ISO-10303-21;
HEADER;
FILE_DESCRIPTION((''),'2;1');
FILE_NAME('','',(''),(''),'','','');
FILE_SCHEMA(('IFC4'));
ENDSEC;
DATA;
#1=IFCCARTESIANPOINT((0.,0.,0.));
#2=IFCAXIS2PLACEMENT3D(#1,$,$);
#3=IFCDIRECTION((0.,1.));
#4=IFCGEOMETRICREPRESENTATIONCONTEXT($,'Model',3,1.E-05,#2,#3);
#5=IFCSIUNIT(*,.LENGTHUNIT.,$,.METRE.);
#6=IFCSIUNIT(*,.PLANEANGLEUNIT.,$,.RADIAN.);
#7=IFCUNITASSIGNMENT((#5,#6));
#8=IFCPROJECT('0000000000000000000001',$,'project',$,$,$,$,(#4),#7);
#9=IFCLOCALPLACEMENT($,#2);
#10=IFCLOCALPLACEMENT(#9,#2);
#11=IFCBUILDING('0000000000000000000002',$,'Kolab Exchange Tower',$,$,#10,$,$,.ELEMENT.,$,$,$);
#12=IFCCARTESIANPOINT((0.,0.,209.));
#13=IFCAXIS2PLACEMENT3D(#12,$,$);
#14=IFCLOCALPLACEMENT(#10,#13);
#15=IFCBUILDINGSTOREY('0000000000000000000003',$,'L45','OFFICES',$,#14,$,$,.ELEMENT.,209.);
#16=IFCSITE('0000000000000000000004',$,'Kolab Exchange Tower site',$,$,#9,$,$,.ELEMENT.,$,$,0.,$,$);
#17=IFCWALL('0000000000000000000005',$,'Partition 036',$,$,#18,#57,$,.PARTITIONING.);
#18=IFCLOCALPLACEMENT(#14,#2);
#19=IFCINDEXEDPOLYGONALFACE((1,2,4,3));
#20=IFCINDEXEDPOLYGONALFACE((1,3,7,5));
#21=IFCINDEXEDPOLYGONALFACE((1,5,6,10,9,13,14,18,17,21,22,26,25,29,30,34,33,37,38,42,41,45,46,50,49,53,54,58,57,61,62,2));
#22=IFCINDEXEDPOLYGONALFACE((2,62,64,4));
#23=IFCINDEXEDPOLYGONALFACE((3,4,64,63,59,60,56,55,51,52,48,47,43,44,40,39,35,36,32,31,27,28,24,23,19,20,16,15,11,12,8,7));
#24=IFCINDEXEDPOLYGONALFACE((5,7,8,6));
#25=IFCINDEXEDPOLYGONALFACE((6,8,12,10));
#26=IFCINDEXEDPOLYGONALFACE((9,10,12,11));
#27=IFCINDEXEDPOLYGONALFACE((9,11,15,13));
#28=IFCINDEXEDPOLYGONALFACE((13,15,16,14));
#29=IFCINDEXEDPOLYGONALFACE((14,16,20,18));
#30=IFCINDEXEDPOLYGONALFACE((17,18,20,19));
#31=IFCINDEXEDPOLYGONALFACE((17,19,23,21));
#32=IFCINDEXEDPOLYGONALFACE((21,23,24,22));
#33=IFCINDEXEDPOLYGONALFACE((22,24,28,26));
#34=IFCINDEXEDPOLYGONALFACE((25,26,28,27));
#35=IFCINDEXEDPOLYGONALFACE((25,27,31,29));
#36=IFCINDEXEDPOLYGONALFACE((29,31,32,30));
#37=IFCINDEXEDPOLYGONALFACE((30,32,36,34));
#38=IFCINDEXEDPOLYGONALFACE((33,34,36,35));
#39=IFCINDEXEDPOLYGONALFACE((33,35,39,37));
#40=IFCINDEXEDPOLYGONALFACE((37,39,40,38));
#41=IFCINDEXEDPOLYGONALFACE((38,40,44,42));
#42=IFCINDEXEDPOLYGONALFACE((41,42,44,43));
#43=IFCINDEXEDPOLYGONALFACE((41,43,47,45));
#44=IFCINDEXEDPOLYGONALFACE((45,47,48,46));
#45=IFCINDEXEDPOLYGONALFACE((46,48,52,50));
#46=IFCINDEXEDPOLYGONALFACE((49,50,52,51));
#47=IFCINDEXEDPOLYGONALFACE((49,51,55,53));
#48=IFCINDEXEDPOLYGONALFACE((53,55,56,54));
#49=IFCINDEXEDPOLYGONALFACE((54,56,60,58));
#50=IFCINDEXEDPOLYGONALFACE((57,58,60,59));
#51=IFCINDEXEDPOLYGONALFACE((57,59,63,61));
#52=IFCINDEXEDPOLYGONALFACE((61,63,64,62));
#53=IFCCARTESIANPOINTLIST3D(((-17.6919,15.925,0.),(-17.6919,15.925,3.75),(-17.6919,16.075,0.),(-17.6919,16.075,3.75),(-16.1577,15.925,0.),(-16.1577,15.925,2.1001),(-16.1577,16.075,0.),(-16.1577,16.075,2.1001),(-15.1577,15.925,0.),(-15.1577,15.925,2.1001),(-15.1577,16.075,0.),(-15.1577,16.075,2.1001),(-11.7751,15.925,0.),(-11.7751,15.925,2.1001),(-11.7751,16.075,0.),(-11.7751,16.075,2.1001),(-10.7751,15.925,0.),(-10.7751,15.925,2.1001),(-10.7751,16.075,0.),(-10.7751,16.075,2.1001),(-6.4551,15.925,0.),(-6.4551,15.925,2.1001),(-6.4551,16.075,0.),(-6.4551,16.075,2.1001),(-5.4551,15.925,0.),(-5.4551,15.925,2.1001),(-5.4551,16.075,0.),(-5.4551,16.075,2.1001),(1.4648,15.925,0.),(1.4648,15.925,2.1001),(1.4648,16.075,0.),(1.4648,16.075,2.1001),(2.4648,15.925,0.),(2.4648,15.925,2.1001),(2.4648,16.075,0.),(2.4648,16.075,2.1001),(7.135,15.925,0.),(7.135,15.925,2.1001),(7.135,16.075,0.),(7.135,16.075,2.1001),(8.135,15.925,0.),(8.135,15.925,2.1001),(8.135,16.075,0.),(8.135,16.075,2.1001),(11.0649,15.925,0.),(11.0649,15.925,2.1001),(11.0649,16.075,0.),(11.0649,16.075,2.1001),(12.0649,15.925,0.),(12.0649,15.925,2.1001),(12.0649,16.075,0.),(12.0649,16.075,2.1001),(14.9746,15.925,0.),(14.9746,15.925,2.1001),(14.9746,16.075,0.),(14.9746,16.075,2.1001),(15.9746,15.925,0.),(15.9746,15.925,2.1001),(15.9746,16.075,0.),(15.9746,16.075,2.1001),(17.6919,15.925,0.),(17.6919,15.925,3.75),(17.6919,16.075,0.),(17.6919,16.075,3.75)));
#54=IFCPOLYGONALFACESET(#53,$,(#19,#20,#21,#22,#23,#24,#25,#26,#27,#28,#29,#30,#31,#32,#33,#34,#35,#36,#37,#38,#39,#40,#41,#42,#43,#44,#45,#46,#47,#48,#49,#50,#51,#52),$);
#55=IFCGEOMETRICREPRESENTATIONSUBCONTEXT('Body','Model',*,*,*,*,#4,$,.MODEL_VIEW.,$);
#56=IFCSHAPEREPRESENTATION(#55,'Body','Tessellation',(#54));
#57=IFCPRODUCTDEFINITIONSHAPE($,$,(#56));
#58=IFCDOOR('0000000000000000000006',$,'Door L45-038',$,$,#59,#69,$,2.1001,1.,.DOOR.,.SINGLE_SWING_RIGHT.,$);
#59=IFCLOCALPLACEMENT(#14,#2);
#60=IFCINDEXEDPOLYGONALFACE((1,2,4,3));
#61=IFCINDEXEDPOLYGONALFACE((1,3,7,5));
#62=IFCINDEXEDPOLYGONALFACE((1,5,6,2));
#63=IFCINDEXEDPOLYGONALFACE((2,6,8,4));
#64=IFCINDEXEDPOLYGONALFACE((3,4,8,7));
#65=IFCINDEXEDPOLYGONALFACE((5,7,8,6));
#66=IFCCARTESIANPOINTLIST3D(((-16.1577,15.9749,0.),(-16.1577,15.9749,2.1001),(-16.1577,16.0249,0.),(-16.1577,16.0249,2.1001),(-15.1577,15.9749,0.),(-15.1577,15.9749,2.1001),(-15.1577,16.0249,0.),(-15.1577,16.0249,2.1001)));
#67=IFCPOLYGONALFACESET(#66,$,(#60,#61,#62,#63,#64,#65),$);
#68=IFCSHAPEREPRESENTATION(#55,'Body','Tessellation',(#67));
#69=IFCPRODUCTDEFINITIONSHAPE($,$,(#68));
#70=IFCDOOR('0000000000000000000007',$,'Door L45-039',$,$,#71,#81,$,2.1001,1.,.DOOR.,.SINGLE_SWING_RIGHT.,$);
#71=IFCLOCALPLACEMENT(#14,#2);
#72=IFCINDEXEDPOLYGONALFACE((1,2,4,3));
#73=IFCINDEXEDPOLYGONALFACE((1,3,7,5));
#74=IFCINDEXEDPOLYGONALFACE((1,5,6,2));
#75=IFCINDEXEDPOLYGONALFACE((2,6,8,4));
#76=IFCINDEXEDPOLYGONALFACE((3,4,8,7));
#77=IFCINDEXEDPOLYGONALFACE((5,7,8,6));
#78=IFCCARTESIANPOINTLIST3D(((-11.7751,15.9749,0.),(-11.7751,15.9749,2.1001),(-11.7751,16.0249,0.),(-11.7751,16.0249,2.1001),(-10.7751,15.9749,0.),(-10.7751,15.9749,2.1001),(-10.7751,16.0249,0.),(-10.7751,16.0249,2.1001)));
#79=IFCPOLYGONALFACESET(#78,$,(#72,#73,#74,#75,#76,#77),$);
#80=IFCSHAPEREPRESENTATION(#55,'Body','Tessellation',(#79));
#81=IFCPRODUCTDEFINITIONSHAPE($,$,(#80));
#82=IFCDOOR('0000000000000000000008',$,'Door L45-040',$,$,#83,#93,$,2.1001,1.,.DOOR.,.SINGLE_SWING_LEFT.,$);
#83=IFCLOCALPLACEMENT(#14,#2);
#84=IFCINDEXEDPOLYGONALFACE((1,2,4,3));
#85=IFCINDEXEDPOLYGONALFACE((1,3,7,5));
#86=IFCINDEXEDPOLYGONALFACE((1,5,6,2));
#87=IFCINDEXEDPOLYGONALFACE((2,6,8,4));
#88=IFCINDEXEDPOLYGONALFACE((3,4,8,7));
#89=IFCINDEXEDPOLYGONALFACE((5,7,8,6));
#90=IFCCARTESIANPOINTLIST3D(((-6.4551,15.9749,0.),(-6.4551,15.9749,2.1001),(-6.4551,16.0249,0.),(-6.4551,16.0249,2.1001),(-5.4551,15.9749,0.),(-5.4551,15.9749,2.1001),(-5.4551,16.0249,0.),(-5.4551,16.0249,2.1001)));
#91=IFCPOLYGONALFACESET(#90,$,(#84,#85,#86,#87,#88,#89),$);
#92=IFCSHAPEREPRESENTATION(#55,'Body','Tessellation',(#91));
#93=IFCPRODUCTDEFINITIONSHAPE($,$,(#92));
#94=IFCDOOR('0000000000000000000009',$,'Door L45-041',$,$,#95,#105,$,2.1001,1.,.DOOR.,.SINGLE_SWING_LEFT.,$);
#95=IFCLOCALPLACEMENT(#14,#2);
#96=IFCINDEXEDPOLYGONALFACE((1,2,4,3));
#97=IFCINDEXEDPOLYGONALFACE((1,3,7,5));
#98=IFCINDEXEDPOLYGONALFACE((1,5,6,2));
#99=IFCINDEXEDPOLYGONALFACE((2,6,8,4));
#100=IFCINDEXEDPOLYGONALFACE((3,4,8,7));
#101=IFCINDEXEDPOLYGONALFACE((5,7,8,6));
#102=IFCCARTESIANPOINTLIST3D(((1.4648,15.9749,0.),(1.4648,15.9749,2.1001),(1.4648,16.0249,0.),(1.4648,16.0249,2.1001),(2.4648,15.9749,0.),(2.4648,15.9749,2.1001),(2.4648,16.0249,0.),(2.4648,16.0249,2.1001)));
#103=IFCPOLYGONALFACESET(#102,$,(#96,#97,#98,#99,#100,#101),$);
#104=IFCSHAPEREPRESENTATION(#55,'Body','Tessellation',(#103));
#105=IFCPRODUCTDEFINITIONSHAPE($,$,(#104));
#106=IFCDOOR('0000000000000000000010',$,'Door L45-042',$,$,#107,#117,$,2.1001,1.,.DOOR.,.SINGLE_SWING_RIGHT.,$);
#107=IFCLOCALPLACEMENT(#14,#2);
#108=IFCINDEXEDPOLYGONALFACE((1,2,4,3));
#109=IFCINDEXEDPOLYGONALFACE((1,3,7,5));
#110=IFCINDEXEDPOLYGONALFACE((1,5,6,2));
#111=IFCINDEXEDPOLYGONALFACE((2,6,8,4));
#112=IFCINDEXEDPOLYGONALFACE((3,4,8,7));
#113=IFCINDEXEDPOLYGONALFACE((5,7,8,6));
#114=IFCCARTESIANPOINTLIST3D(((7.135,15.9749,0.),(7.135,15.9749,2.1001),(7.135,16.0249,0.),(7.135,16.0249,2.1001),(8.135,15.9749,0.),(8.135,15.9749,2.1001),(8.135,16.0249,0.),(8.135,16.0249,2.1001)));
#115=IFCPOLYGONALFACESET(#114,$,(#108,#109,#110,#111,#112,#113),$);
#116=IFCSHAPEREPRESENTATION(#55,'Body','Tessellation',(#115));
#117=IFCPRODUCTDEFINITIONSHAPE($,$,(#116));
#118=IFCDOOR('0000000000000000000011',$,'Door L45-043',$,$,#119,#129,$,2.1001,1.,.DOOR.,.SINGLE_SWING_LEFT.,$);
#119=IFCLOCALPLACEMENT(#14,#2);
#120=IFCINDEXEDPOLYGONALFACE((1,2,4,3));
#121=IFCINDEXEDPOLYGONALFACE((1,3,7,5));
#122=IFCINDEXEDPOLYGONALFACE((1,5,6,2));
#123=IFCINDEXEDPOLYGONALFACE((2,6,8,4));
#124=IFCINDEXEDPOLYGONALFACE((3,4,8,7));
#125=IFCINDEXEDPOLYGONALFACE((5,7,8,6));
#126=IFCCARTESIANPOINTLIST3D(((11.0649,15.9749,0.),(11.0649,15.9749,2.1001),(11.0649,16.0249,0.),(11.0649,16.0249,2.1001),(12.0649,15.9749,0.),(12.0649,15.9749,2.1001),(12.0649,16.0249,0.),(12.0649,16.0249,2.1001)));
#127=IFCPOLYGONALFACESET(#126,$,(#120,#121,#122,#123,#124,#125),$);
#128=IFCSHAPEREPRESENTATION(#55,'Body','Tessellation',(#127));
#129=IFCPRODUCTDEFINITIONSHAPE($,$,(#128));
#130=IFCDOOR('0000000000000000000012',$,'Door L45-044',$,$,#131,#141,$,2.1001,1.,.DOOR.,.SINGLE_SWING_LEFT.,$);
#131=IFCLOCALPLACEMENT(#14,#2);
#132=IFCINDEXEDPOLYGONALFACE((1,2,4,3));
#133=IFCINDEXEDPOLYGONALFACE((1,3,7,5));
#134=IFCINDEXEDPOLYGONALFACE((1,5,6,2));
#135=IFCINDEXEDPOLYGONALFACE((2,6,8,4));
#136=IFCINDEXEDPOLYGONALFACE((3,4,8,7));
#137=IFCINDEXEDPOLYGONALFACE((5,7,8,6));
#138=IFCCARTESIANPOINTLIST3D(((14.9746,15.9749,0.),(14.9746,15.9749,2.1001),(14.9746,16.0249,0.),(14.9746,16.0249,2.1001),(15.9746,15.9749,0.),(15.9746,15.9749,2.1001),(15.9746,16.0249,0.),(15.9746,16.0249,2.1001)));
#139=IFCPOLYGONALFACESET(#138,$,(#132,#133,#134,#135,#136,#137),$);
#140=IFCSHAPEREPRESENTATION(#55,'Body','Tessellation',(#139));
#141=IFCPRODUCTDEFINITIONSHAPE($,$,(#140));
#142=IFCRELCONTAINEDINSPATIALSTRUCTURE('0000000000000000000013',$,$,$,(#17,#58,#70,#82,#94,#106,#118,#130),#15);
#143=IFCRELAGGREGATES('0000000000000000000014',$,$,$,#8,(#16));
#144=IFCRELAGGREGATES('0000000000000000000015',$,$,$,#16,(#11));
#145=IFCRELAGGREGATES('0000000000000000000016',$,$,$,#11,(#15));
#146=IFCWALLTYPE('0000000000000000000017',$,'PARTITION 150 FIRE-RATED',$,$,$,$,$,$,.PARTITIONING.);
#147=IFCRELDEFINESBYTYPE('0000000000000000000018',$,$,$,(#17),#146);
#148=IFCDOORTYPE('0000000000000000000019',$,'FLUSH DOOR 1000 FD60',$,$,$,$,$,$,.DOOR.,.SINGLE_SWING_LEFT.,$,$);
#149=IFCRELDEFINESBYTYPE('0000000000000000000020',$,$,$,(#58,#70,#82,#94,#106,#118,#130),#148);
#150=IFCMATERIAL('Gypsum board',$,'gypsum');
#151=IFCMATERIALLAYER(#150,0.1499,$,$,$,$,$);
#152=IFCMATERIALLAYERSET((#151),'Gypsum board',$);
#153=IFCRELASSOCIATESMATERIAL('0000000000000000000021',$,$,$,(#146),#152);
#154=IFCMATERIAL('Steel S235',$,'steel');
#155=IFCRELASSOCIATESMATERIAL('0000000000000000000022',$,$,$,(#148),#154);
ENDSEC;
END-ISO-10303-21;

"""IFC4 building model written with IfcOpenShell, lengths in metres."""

from ifc_helpers import new_model, si_unit, direction, frame, frame_2d, origin, place, context, subcontext, project, spatial, rectangle, extrude, material, layer, layer_set, type_object, element, fill, save


model = new_model("IFC4")

# Units and contexts
model_context = context("Model", 3, precision=1e-05, world=origin(), true_north=direction((0.0, 1.0)))
body_context = subcontext(model_context, "Body", "Model", "MODEL_VIEW")
ifc_project = project(units=[si_unit("LENGTHUNIT", "METRE"), si_unit("PLANEANGLEUNIT", "RADIAN")], contexts=[model_context])

# Site, building, storey
site_placement = place(None, origin())
site = spatial("IfcSite", under=ifc_project, at=site_placement, Name="Kolab Exchange Tower site", CompositionType="ELEMENT", RefElevation=0.0)
building_placement = place(site_placement, origin())
building = spatial("IfcBuilding", under=site, at=building_placement, Name="Kolab Exchange Tower", CompositionType="ELEMENT")
storey_placement = place(building_placement, frame((0.0, 0.0, 209.0)))
storey = spatial("IfcBuildingStorey", under=building, at=storey_placement, Name="L45", Description="OFFICES", CompositionType="ELEMENT", Elevation=209.0)

# Wall, openings, doors
ifc_material_1 = material(Name="Gypsum board", Category="gypsum")
ifc_layer_1 = layer(ifc_material_1, 0.1499)
ifc_layer_set_1 = layer_set([ifc_layer_1], Name="Gypsum board")
wall_type = type_object("IfcWallType", Name="PARTITION 150 FIRE-RATED", PredefinedType="PARTITIONING", material=ifc_layer_set_1)
wall_placement = place(storey_placement, frame((-17.6919, 16.0, 0.0), z_axis=(0.0, 0.0, 1.0), x_axis=(1.0, 0.0, 0.0)))
wall = element("IfcWall", 1, at=wall_placement, inside=storey, type_object=wall_type, Name="Partition 036", PredefinedType="PARTITIONING", context=body_context, shape_type="SweptSolid", body=[
    extrude(rectangle(XDim=35.3838, YDim=0.1499, at=frame_2d((17.6919, 0.0))), origin(), (0.0, 0.0, 1.0), 3.75),
])
opening_1_placement = place(wall_placement, frame((1.5342, 0.0, 0.0)))
opening_1 = element("IfcOpeningElement", 2, at=opening_1_placement, cuts=wall, PredefinedType="OPENING", context=body_context, shape_type="SweptSolid", body=[
    extrude(rectangle(XDim=1.0, YDim=2.1001, at=frame_2d((0.5, 1.05))), frame((0.0, 0.085, 0.0), z_axis=(0.0, -1.0, 0.0), x_axis=(1.0, 0.0, 0.0)), (0.0, 0.0, 1.0), 0.1699),
])
opening_2_placement = place(wall_placement, frame((5.9167, 0.0, 0.0)))
opening_2 = element("IfcOpeningElement", 3, at=opening_2_placement, cuts=wall, PredefinedType="OPENING", context=body_context, shape_type="SweptSolid", body=[
    extrude(rectangle(XDim=1.0, YDim=2.1001, at=frame_2d((0.5, 1.05))), frame((0.0, 0.085, 0.0), z_axis=(0.0, -1.0, 0.0), x_axis=(1.0, 0.0, 0.0)), (0.0, 0.0, 1.0), 0.1699),
])
opening_3_placement = place(wall_placement, frame((11.2368, 0.0, 0.0)))
opening_3 = element("IfcOpeningElement", 4, at=opening_3_placement, cuts=wall, PredefinedType="OPENING", context=body_context, shape_type="SweptSolid", body=[
    extrude(rectangle(XDim=1.0, YDim=2.1001, at=frame_2d((0.5, 1.05))), frame((0.0, 0.085, 0.0), z_axis=(0.0, -1.0, 0.0), x_axis=(1.0, 0.0, 0.0)), (0.0, 0.0, 1.0), 0.1699),
])
opening_4_placement = place(wall_placement, frame((19.1567, 0.0, 0.0)))
opening_4 = element("IfcOpeningElement", 5, at=opening_4_placement, cuts=wall, PredefinedType="OPENING", context=body_context, shape_type="SweptSolid", body=[
    extrude(rectangle(XDim=1.0, YDim=2.1001, at=frame_2d((0.5, 1.05))), frame((0.0, 0.085, 0.0), z_axis=(0.0, -1.0, 0.0), x_axis=(1.0, 0.0, 0.0)), (0.0, 0.0, 1.0), 0.1699),
])
opening_5_placement = place(wall_placement, frame((24.8269, 0.0, 0.0)))
opening_5 = element("IfcOpeningElement", 6, at=opening_5_placement, cuts=wall, PredefinedType="OPENING", context=body_context, shape_type="SweptSolid", body=[
    extrude(rectangle(XDim=1.0, YDim=2.1001, at=frame_2d((0.5, 1.05))), frame((0.0, 0.085, 0.0), z_axis=(0.0, -1.0, 0.0), x_axis=(1.0, 0.0, 0.0)), (0.0, 0.0, 1.0), 0.1699),
])
opening_6_placement = place(wall_placement, frame((28.7568, 0.0, 0.0)))
opening_6 = element("IfcOpeningElement", 7, at=opening_6_placement, cuts=wall, PredefinedType="OPENING", context=body_context, shape_type="SweptSolid", body=[
    extrude(rectangle(XDim=1.0, YDim=2.1001, at=frame_2d((0.5, 1.05))), frame((0.0, 0.085, 0.0), z_axis=(0.0, -1.0, 0.0), x_axis=(1.0, 0.0, 0.0)), (0.0, 0.0, 1.0), 0.1699),
])
opening_7_placement = place(wall_placement, frame((32.6665, 0.0, 0.0)))
opening_7 = element("IfcOpeningElement", 8, at=opening_7_placement, cuts=wall, PredefinedType="OPENING", context=body_context, shape_type="SweptSolid", body=[
    extrude(rectangle(XDim=1.0, YDim=2.1001, at=frame_2d((0.5, 1.05))), frame((0.0, 0.085, 0.0), z_axis=(0.0, -1.0, 0.0), x_axis=(1.0, 0.0, 0.0)), (0.0, 0.0, 1.0), 0.1699),
])
ifc_material_2 = material(Name="Steel S235", Category="steel")
door_type = type_object("IfcDoorType", Name="FLUSH DOOR 1000 FD60", OperationType="SINGLE_SWING_LEFT", PredefinedType="DOOR", material=ifc_material_2)
door_1_placement = place(opening_1_placement, origin())
door_1 = element("IfcDoor", 9, at=door_1_placement, inside=storey, type_object=door_type, Name="Door L45-038", OperationType="SINGLE_SWING_RIGHT", OverallHeight=2.1001, OverallWidth=1.0, PredefinedType="DOOR", context=body_context, shape_type="SweptSolid", body=[
    extrude(rectangle(XDim=1.0, YDim=2.1001, at=frame_2d((0.5, 1.05))), frame((0.0, 0.0249, 0.0), z_axis=(0.0, -1.0, 0.0), x_axis=(1.0, 0.0, 0.0)), (0.0, 0.0, 1.0), 0.05),
])
fill(opening_1, door_1)
door_2_placement = place(opening_2_placement, origin())
door_2 = element("IfcDoor", 10, at=door_2_placement, inside=storey, type_object=door_type, Name="Door L45-039", OperationType="SINGLE_SWING_RIGHT", OverallHeight=2.1001, OverallWidth=1.0, PredefinedType="DOOR", context=body_context, shape_type="SweptSolid", body=[
    extrude(rectangle(XDim=1.0, YDim=2.1001, at=frame_2d((0.5, 1.05))), frame((0.0, 0.0249, 0.0), z_axis=(0.0, -1.0, 0.0), x_axis=(1.0, 0.0, 0.0)), (0.0, 0.0, 1.0), 0.05),
])
fill(opening_2, door_2)
door_3_placement = place(opening_3_placement, origin())
door_3 = element("IfcDoor", 11, at=door_3_placement, inside=storey, type_object=door_type, Name="Door L45-040", OperationType="SINGLE_SWING_LEFT", OverallHeight=2.1001, OverallWidth=1.0, PredefinedType="DOOR", context=body_context, shape_type="SweptSolid", body=[
    extrude(rectangle(XDim=1.0, YDim=2.1001, at=frame_2d((0.5, 1.05))), frame((0.0, 0.0249, 0.0), z_axis=(0.0, -1.0, 0.0), x_axis=(1.0, 0.0, 0.0)), (0.0, 0.0, 1.0), 0.05),
])
fill(opening_3, door_3)
door_4_placement = place(opening_4_placement, origin())
door_4 = element("IfcDoor", 12, at=door_4_placement, inside=storey, type_object=door_type, Name="Door L45-041", OperationType="SINGLE_SWING_LEFT", OverallHeight=2.1001, OverallWidth=1.0, PredefinedType="DOOR", context=body_context, shape_type="SweptSolid", body=[
    extrude(rectangle(XDim=1.0, YDim=2.1001, at=frame_2d((0.5, 1.05))), frame((0.0, 0.0249, 0.0), z_axis=(0.0, -1.0, 0.0), x_axis=(1.0, 0.0, 0.0)), (0.0, 0.0, 1.0), 0.05),
])
fill(opening_4, door_4)
door_5_placement = place(opening_5_placement, origin())
door_5 = element("IfcDoor", 13, at=door_5_placement, inside=storey, type_object=door_type, Name="Door L45-042", OperationType="SINGLE_SWING_RIGHT", OverallHeight=2.1001, OverallWidth=1.0, PredefinedType="DOOR", context=body_context, shape_type="SweptSolid", body=[
    extrude(rectangle(XDim=1.0, YDim=2.1001, at=frame_2d((0.5, 1.05))), frame((0.0, 0.0249, 0.0), z_axis=(0.0, -1.0, 0.0), x_axis=(1.0, 0.0, 0.0)), (0.0, 0.0, 1.0), 0.05),
])
fill(opening_5, door_5)
door_6_placement = place(opening_6_placement, origin())
door_6 = element("IfcDoor", 14, at=door_6_placement, inside=storey, type_object=door_type, Name="Door L45-043", OperationType="SINGLE_SWING_LEFT", OverallHeight=2.1001, OverallWidth=1.0, PredefinedType="DOOR", context=body_context, shape_type="SweptSolid", body=[
    extrude(rectangle(XDim=1.0, YDim=2.1001, at=frame_2d((0.5, 1.05))), frame((0.0, 0.0249, 0.0), z_axis=(0.0, -1.0, 0.0), x_axis=(1.0, 0.0, 0.0)), (0.0, 0.0, 1.0), 0.05),
])
fill(opening_6, door_6)
door_7_placement = place(opening_7_placement, origin())
door_7 = element("IfcDoor", 15, at=door_7_placement, inside=storey, type_object=door_type, Name="Door L45-044", OperationType="SINGLE_SWING_LEFT", OverallHeight=2.1001, OverallWidth=1.0, PredefinedType="DOOR", context=body_context, shape_type="SweptSolid", body=[
    extrude(rectangle(XDim=1.0, YDim=2.1001, at=frame_2d((0.5, 1.05))), frame((0.0, 0.0249, 0.0), z_axis=(0.0, -1.0, 0.0), x_axis=(1.0, 0.0, 0.0)), (0.0, 0.0, 1.0), 0.05),
])
fill(opening_7, door_7)

save(model, "model.ifc")
